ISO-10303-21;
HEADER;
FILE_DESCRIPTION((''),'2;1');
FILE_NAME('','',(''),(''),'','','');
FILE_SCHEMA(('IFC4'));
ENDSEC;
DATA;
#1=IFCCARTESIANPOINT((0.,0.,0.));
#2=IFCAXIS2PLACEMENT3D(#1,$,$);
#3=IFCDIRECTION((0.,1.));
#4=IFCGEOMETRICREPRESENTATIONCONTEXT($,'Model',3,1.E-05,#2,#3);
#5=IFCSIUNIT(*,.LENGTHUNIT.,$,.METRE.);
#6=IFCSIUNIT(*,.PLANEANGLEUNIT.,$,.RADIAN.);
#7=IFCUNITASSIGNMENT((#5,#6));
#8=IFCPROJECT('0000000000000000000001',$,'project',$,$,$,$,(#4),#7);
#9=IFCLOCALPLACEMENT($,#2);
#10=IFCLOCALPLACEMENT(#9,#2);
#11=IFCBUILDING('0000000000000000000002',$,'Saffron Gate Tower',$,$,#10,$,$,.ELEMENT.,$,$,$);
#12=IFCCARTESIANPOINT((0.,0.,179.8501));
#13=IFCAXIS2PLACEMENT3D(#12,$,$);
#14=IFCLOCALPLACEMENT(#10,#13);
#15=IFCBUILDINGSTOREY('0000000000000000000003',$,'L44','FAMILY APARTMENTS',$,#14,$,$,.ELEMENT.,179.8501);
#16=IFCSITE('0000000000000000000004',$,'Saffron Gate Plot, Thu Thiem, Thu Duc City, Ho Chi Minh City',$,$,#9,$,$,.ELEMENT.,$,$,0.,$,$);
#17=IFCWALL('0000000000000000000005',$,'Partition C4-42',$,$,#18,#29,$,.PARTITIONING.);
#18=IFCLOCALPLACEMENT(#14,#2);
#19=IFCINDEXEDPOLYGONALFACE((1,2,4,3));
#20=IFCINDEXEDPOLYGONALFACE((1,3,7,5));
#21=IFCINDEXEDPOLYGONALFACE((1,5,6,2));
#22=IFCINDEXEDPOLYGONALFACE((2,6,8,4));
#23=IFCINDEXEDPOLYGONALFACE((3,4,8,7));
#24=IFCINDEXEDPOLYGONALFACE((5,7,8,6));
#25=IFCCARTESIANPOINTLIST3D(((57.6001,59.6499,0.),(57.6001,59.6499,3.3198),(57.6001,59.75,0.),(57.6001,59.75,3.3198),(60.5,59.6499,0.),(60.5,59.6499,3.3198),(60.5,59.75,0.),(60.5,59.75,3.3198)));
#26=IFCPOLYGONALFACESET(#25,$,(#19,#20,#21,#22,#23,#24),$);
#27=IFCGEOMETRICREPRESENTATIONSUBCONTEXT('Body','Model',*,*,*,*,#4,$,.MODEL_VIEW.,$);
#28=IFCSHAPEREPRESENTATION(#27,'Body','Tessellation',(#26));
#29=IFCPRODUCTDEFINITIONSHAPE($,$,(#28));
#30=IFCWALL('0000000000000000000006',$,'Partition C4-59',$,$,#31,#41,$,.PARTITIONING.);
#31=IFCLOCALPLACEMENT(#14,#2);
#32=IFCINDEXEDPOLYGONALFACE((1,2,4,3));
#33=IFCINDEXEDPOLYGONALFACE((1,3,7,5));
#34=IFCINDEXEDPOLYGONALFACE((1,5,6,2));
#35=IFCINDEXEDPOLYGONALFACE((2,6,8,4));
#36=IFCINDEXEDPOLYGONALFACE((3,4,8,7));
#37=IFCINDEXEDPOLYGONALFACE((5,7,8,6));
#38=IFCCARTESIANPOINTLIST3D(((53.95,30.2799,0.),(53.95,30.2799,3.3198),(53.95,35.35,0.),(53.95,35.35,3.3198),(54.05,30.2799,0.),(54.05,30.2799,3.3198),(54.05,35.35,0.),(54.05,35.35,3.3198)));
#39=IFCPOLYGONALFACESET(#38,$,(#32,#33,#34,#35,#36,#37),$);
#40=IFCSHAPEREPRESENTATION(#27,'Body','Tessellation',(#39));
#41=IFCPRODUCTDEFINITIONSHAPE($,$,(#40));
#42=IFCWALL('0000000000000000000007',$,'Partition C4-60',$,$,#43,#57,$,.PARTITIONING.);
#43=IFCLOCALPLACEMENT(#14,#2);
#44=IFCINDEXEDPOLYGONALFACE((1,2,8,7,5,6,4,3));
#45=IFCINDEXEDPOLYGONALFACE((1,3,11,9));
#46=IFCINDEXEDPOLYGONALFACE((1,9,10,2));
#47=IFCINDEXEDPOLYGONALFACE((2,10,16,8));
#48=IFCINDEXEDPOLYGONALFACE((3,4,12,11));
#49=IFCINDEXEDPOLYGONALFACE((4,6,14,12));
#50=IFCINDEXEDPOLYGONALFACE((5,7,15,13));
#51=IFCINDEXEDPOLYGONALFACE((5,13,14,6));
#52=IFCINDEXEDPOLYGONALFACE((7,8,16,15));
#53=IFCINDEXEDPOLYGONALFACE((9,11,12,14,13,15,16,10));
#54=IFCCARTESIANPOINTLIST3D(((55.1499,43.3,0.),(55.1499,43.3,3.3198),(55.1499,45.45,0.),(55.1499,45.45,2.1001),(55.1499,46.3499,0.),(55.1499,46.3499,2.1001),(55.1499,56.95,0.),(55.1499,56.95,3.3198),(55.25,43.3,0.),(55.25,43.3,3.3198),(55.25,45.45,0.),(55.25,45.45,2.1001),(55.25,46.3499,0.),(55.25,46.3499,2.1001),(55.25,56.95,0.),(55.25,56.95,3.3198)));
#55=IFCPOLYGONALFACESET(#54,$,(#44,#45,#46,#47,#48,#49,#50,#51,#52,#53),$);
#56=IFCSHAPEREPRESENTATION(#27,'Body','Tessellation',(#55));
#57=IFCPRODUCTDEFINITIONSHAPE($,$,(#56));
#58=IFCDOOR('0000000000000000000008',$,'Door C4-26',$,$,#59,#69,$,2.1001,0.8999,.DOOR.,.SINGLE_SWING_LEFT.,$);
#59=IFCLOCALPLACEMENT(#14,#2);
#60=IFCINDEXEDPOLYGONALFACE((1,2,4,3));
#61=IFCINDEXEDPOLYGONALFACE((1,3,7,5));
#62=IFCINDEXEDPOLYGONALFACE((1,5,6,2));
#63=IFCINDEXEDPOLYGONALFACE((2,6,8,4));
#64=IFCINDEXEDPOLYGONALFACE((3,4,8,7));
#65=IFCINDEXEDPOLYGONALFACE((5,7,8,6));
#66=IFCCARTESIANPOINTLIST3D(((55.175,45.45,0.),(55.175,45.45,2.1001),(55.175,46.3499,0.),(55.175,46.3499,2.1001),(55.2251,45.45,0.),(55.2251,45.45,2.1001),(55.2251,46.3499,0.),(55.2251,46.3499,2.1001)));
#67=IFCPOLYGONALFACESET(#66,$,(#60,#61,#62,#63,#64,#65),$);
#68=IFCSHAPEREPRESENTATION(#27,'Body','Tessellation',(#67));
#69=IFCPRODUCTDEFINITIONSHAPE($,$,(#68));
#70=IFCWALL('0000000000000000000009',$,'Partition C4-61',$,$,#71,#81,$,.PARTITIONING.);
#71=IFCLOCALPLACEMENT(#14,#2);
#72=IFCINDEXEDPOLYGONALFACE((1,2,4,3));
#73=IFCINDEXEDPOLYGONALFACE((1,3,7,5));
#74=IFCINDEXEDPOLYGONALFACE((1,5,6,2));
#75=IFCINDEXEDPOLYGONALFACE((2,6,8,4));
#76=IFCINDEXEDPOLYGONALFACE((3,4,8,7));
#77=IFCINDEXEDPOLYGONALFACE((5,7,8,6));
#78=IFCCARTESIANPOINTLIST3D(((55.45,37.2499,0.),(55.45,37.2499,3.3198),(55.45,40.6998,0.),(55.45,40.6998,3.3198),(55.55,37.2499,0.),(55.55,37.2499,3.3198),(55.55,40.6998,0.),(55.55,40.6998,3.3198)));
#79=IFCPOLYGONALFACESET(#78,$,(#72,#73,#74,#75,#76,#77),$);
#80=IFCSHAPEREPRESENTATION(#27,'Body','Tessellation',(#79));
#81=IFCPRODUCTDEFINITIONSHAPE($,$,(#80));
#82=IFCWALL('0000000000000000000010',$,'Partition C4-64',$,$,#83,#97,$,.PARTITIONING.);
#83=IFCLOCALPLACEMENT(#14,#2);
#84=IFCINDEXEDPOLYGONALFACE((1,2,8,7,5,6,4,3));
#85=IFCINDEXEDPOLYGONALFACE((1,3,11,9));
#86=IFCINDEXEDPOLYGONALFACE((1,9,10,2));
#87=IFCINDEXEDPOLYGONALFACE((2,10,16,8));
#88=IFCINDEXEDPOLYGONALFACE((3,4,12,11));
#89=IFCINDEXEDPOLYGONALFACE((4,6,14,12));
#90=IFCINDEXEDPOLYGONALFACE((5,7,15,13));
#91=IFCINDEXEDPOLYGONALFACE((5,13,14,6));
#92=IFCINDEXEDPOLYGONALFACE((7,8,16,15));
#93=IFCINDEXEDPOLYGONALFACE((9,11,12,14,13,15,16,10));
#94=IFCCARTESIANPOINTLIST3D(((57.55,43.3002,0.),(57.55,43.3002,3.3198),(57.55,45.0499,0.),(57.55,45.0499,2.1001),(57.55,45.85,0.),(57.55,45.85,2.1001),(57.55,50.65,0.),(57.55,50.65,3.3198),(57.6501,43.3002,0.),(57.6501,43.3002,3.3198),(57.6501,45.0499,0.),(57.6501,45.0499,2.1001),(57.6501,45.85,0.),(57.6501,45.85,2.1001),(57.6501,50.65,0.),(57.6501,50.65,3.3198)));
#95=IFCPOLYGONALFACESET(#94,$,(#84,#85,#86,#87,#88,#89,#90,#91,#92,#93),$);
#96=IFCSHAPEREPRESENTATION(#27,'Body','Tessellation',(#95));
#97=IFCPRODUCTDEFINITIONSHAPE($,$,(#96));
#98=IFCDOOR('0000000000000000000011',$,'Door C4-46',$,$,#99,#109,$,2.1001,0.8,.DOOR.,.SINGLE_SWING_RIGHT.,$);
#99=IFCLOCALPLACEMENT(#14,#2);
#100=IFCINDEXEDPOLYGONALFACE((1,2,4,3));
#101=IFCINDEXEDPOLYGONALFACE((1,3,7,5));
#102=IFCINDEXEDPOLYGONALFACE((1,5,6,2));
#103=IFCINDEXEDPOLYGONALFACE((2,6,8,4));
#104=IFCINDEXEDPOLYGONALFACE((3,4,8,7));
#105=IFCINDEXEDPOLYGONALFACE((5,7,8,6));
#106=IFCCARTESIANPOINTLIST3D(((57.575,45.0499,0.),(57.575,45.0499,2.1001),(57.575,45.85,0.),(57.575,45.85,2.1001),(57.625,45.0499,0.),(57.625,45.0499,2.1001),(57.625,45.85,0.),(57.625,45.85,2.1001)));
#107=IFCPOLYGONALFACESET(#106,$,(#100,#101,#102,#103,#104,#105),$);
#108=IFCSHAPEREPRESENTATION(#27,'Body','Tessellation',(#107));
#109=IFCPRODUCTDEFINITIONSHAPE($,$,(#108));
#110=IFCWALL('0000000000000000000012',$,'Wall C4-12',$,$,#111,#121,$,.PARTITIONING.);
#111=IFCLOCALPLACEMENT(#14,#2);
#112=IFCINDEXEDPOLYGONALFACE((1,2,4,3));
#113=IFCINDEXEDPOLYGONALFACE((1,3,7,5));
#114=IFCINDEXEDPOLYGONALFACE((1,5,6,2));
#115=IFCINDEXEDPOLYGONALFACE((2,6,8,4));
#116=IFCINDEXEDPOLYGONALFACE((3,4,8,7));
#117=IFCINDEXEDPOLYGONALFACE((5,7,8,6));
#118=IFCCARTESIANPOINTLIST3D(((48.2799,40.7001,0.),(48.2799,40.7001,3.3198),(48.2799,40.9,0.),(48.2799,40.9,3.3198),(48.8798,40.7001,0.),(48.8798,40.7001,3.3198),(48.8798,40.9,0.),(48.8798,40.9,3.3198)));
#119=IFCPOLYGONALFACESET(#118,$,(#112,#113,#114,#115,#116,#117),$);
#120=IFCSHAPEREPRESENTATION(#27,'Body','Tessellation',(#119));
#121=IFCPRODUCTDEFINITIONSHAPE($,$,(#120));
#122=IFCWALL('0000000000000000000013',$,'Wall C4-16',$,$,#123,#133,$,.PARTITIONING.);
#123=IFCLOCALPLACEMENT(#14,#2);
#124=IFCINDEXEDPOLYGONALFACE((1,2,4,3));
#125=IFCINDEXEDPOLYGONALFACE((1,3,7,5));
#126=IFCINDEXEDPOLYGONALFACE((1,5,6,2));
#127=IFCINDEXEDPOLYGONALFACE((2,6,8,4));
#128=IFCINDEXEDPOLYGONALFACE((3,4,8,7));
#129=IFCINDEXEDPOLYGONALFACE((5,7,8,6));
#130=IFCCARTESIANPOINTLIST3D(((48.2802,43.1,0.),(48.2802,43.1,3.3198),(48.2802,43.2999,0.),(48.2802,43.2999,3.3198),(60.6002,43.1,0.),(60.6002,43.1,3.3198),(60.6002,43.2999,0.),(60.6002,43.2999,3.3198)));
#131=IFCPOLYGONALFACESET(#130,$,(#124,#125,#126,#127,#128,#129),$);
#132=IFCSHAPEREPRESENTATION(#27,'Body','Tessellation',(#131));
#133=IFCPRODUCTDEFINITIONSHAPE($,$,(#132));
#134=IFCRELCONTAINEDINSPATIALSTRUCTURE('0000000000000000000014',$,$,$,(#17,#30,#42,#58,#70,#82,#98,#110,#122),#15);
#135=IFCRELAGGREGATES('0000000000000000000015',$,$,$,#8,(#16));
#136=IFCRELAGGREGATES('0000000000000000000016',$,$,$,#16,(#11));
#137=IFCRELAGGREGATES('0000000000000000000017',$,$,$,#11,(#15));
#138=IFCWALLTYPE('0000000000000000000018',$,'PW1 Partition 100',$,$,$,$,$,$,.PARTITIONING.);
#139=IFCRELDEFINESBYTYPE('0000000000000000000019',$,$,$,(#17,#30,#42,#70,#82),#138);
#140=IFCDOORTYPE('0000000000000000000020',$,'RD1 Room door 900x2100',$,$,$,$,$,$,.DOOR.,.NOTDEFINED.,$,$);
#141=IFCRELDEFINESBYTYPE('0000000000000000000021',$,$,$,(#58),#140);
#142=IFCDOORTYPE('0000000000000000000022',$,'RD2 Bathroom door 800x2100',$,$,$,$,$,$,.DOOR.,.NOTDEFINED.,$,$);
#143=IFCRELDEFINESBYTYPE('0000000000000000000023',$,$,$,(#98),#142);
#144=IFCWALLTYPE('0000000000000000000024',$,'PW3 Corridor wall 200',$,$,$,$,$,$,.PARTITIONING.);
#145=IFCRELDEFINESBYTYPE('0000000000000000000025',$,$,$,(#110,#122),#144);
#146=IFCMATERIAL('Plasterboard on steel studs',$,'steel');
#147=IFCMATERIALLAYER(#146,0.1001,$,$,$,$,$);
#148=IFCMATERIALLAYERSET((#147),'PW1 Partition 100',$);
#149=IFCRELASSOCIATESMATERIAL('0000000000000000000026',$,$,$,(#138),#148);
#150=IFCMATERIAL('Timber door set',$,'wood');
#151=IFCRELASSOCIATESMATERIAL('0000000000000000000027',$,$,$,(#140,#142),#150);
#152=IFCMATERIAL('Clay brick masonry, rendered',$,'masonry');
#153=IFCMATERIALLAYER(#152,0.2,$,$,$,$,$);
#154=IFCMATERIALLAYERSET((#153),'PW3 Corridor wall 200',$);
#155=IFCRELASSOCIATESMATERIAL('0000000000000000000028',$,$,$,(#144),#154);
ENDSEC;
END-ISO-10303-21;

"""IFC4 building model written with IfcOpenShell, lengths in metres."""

from ifc_helpers import new_model, si_unit, direction, frame, frame_2d, origin, place, context, subcontext, project, spatial, rectangle, extrude, material, layer, layer_set, type_object, element, fill, save


model = new_model("IFC4")

# Units and contexts
model_context = context("Model", 3, precision=1e-05, world=origin(), true_north=direction((0.0, 1.0)))
body_context = subcontext(model_context, "Body", "Model", "MODEL_VIEW")
ifc_project = project(units=[si_unit("LENGTHUNIT", "METRE"), si_unit("PLANEANGLEUNIT", "RADIAN")], contexts=[model_context])

# Site, building, storey
site_placement = place(None, origin())
site = spatial("IfcSite", under=ifc_project, at=site_placement, Name="Saffron Gate Plot, Thu Thiem, Thu Duc City, Ho Chi Minh City", CompositionType="ELEMENT", RefElevation=0.0)
building_placement = place(site_placement, origin())
building = spatial("IfcBuilding", under=site, at=building_placement, Name="Saffron Gate Tower", CompositionType="ELEMENT")
storey_placement = place(building_placement, frame((0.0, 0.0, 179.8501)))
storey = spatial("IfcBuildingStorey", under=building, at=storey_placement, Name="L44", Description="FAMILY APARTMENTS", CompositionType="ELEMENT", Elevation=179.8501)

# Shared definitions
ifc_material_1 = material(Name="Plasterboard on steel studs", Category="steel")
ifc_layer_1 = layer(ifc_material_1, 0.1001)
ifc_layer_set_1 = layer_set([ifc_layer_1], Name="PW1 Partition 100")
wall_type_1 = type_object("IfcWallType", Name="PW1 Partition 100", PredefinedType="PARTITIONING", material=ifc_layer_set_1)

# Shared definitions
ifc_material_2 = material(Name="Timber door set", Category="wood")
door_type_1 = type_object("IfcDoorType", Name="RD1 Room door 900x2100", OperationType="NOTDEFINED", PredefinedType="DOOR", material=ifc_material_2)

# Walls
wall_1_placement = place(storey_placement, frame((57.6001, 59.7, 0.0), z_axis=(0.0, 0.0, 1.0), x_axis=(1.0, 0.0, 0.0)))
element("IfcWall", 1, at=wall_1_placement, inside=storey, type_object=wall_type_1, Name="Partition C4-42", PredefinedType="PARTITIONING", context=body_context, shape_type="SweptSolid", body=[
    extrude(rectangle(XDim=2.8999, YDim=0.1001, at=frame_2d((1.45, 0.0))), origin(), (0.0, 0.0, 1.0), 3.3198),
])
wall_2_placement = place(storey_placement, frame((54.0, 35.3501, 0.0), z_axis=(0.0, 0.0, 1.0), x_axis=(0.0, -1.0, 0.0)))
element("IfcWall", 2, at=wall_2_placement, inside=storey, type_object=wall_type_1, Name="Partition C4-59", PredefinedType="PARTITIONING", context=body_context, shape_type="SweptSolid", body=[
    extrude(rectangle(XDim=5.0701, YDim=0.1001, at=frame_2d((2.5352, 0.0))), origin(), (0.0, 0.0, 1.0), 3.3198),
])

# Wall, opening, door
wall_3_placement = place(storey_placement, frame((55.2, 43.3, 0.0), z_axis=(0.0, 0.0, 1.0), x_axis=(0.0, 1.0, 0.0)))
wall_3 = element("IfcWall", 3, at=wall_3_placement, inside=storey, type_object=wall_type_1, Name="Partition C4-60", PredefinedType="PARTITIONING", context=body_context, shape_type="SweptSolid", body=[
    extrude(rectangle(XDim=13.6499, YDim=0.1001, at=frame_2d((6.825, 0.0))), origin(), (0.0, 0.0, 1.0), 3.3198),
])
opening_1_placement = place(wall_3_placement, frame((2.1499, 0.0, 0.0)))
opening_1 = element("IfcOpeningElement", 4, at=opening_1_placement, cuts=wall_3, PredefinedType="OPENING", context=body_context, shape_type="SweptSolid", body=[
    extrude(rectangle(XDim=0.8999, YDim=2.1001, at=frame_2d((0.45, 1.05))), frame((0.0, 0.0601, 0.0), z_axis=(0.0, -1.0, 0.0), x_axis=(1.0, 0.0, 0.0)), (0.0, 0.0, 1.0), 0.1201),
])
door_1_placement = place(opening_1_placement, origin())
door_1 = element("IfcDoor", 5, at=door_1_placement, inside=storey, type_object=door_type_1, Name="Door C4-26", OperationType="SINGLE_SWING_LEFT", OverallHeight=2.1001, OverallWidth=0.8999, PredefinedType="DOOR", context=body_context, shape_type="SweptSolid", body=[
    extrude(rectangle(XDim=0.8999, YDim=2.1001, at=frame_2d((0.45, 1.05))), frame((0.0, 0.0249, 0.0), z_axis=(0.0, -1.0, 0.0), x_axis=(1.0, 0.0, 0.0)), (0.0, 0.0, 1.0), 0.05),
])
fill(opening_1, door_1)

# Wall
wall_4_placement = place(storey_placement, frame((55.5, 40.7, 0.0), z_axis=(0.0, 0.0, 1.0), x_axis=(0.0, -1.0, 0.0)))
element("IfcWall", 6, at=wall_4_placement, inside=storey, type_object=wall_type_1, Name="Partition C4-61", PredefinedType="PARTITIONING", context=body_context, shape_type="SweptSolid", body=[
    extrude(rectangle(XDim=3.45, YDim=0.1001, at=frame_2d((1.7251, 0.0))), origin(), (0.0, 0.0, 1.0), 3.3198),
])

# Wall, opening, door
wall_5_placement = place(storey_placement, frame((57.6001, 50.6499, 0.0), z_axis=(0.0, 0.0, 1.0), x_axis=(0.0, -1.0, 0.0)))
wall_5 = element("IfcWall", 7, at=wall_5_placement, inside=storey, type_object=wall_type_1, Name="Partition C4-64", PredefinedType="PARTITIONING", context=body_context, shape_type="SweptSolid", body=[
    extrude(rectangle(XDim=7.3499, YDim=0.1001, at=frame_2d((3.6748, 0.0))), origin(), (0.0, 0.0, 1.0), 3.3198),
])
opening_2_placement = place(wall_5_placement, frame((4.8, 0.0, 0.0)))
opening_2 = element("IfcOpeningElement", 8, at=opening_2_placement, cuts=wall_5, PredefinedType="OPENING", context=body_context, shape_type="SweptSolid", body=[
    extrude(rectangle(XDim=0.8, YDim=2.1001, at=frame_2d((0.3999, 1.05))), frame((0.0, 0.0601, 0.0), z_axis=(0.0, -1.0, 0.0), x_axis=(1.0, 0.0, 0.0)), (0.0, 0.0, 1.0), 0.1201),
])
door_type_2 = type_object("IfcDoorType", Name="RD2 Bathroom door 800x2100", OperationType="NOTDEFINED", PredefinedType="DOOR", material=ifc_material_2)
door_2_placement = place(opening_2_placement, origin())
door_2 = element("IfcDoor", 9, at=door_2_placement, inside=storey, type_object=door_type_2, Name="Door C4-46", OperationType="SINGLE_SWING_RIGHT", OverallHeight=2.1001, OverallWidth=0.8, PredefinedType="DOOR", context=body_context, shape_type="SweptSolid", body=[
    extrude(rectangle(XDim=0.8, YDim=2.1001, at=frame_2d((0.3999, 1.05))), frame((0.0, 0.0249, 0.0), z_axis=(0.0, -1.0, 0.0), x_axis=(1.0, 0.0, 0.0)), (0.0, 0.0, 1.0), 0.05),
])
fill(opening_2, door_2)

# Walls
ifc_material_3 = material(Name="Clay brick masonry, rendered", Category="masonry")
ifc_layer_2 = layer(ifc_material_3, 0.2)
ifc_layer_set_2 = layer_set([ifc_layer_2], Name="PW3 Corridor wall 200")
wall_type_2 = type_object("IfcWallType", Name="PW3 Corridor wall 200", PredefinedType="PARTITIONING", material=ifc_layer_set_2)
wall_6_placement = place(storey_placement, frame((48.28, 40.8, 0.0), z_axis=(0.0, 0.0, 1.0), x_axis=(1.0, 0.0, 0.0)))
element("IfcWall", 10, at=wall_6_placement, inside=storey, type_object=wall_type_2, Name="Wall C4-12", PredefinedType="PARTITIONING", context=body_context, shape_type="SweptSolid", body=[
    extrude(rectangle(XDim=0.5999, YDim=0.2, at=frame_2d((0.2998, 0.0))), origin(), (0.0, 0.0, 1.0), 3.3198),
])
wall_7_placement = place(storey_placement, frame((48.28, 43.2, 0.0), z_axis=(0.0, 0.0, 1.0), x_axis=(1.0, 0.0, 0.0)))
element("IfcWall", 11, at=wall_7_placement, inside=storey, type_object=wall_type_2, Name="Wall C4-16", PredefinedType="PARTITIONING", context=body_context, shape_type="SweptSolid", body=[
    extrude(rectangle(XDim=12.3201, YDim=0.2, at=frame_2d((6.1602, 0.0))), origin(), (0.0, 0.0, 1.0), 3.3198),
])

save(model, "model.ifc")
